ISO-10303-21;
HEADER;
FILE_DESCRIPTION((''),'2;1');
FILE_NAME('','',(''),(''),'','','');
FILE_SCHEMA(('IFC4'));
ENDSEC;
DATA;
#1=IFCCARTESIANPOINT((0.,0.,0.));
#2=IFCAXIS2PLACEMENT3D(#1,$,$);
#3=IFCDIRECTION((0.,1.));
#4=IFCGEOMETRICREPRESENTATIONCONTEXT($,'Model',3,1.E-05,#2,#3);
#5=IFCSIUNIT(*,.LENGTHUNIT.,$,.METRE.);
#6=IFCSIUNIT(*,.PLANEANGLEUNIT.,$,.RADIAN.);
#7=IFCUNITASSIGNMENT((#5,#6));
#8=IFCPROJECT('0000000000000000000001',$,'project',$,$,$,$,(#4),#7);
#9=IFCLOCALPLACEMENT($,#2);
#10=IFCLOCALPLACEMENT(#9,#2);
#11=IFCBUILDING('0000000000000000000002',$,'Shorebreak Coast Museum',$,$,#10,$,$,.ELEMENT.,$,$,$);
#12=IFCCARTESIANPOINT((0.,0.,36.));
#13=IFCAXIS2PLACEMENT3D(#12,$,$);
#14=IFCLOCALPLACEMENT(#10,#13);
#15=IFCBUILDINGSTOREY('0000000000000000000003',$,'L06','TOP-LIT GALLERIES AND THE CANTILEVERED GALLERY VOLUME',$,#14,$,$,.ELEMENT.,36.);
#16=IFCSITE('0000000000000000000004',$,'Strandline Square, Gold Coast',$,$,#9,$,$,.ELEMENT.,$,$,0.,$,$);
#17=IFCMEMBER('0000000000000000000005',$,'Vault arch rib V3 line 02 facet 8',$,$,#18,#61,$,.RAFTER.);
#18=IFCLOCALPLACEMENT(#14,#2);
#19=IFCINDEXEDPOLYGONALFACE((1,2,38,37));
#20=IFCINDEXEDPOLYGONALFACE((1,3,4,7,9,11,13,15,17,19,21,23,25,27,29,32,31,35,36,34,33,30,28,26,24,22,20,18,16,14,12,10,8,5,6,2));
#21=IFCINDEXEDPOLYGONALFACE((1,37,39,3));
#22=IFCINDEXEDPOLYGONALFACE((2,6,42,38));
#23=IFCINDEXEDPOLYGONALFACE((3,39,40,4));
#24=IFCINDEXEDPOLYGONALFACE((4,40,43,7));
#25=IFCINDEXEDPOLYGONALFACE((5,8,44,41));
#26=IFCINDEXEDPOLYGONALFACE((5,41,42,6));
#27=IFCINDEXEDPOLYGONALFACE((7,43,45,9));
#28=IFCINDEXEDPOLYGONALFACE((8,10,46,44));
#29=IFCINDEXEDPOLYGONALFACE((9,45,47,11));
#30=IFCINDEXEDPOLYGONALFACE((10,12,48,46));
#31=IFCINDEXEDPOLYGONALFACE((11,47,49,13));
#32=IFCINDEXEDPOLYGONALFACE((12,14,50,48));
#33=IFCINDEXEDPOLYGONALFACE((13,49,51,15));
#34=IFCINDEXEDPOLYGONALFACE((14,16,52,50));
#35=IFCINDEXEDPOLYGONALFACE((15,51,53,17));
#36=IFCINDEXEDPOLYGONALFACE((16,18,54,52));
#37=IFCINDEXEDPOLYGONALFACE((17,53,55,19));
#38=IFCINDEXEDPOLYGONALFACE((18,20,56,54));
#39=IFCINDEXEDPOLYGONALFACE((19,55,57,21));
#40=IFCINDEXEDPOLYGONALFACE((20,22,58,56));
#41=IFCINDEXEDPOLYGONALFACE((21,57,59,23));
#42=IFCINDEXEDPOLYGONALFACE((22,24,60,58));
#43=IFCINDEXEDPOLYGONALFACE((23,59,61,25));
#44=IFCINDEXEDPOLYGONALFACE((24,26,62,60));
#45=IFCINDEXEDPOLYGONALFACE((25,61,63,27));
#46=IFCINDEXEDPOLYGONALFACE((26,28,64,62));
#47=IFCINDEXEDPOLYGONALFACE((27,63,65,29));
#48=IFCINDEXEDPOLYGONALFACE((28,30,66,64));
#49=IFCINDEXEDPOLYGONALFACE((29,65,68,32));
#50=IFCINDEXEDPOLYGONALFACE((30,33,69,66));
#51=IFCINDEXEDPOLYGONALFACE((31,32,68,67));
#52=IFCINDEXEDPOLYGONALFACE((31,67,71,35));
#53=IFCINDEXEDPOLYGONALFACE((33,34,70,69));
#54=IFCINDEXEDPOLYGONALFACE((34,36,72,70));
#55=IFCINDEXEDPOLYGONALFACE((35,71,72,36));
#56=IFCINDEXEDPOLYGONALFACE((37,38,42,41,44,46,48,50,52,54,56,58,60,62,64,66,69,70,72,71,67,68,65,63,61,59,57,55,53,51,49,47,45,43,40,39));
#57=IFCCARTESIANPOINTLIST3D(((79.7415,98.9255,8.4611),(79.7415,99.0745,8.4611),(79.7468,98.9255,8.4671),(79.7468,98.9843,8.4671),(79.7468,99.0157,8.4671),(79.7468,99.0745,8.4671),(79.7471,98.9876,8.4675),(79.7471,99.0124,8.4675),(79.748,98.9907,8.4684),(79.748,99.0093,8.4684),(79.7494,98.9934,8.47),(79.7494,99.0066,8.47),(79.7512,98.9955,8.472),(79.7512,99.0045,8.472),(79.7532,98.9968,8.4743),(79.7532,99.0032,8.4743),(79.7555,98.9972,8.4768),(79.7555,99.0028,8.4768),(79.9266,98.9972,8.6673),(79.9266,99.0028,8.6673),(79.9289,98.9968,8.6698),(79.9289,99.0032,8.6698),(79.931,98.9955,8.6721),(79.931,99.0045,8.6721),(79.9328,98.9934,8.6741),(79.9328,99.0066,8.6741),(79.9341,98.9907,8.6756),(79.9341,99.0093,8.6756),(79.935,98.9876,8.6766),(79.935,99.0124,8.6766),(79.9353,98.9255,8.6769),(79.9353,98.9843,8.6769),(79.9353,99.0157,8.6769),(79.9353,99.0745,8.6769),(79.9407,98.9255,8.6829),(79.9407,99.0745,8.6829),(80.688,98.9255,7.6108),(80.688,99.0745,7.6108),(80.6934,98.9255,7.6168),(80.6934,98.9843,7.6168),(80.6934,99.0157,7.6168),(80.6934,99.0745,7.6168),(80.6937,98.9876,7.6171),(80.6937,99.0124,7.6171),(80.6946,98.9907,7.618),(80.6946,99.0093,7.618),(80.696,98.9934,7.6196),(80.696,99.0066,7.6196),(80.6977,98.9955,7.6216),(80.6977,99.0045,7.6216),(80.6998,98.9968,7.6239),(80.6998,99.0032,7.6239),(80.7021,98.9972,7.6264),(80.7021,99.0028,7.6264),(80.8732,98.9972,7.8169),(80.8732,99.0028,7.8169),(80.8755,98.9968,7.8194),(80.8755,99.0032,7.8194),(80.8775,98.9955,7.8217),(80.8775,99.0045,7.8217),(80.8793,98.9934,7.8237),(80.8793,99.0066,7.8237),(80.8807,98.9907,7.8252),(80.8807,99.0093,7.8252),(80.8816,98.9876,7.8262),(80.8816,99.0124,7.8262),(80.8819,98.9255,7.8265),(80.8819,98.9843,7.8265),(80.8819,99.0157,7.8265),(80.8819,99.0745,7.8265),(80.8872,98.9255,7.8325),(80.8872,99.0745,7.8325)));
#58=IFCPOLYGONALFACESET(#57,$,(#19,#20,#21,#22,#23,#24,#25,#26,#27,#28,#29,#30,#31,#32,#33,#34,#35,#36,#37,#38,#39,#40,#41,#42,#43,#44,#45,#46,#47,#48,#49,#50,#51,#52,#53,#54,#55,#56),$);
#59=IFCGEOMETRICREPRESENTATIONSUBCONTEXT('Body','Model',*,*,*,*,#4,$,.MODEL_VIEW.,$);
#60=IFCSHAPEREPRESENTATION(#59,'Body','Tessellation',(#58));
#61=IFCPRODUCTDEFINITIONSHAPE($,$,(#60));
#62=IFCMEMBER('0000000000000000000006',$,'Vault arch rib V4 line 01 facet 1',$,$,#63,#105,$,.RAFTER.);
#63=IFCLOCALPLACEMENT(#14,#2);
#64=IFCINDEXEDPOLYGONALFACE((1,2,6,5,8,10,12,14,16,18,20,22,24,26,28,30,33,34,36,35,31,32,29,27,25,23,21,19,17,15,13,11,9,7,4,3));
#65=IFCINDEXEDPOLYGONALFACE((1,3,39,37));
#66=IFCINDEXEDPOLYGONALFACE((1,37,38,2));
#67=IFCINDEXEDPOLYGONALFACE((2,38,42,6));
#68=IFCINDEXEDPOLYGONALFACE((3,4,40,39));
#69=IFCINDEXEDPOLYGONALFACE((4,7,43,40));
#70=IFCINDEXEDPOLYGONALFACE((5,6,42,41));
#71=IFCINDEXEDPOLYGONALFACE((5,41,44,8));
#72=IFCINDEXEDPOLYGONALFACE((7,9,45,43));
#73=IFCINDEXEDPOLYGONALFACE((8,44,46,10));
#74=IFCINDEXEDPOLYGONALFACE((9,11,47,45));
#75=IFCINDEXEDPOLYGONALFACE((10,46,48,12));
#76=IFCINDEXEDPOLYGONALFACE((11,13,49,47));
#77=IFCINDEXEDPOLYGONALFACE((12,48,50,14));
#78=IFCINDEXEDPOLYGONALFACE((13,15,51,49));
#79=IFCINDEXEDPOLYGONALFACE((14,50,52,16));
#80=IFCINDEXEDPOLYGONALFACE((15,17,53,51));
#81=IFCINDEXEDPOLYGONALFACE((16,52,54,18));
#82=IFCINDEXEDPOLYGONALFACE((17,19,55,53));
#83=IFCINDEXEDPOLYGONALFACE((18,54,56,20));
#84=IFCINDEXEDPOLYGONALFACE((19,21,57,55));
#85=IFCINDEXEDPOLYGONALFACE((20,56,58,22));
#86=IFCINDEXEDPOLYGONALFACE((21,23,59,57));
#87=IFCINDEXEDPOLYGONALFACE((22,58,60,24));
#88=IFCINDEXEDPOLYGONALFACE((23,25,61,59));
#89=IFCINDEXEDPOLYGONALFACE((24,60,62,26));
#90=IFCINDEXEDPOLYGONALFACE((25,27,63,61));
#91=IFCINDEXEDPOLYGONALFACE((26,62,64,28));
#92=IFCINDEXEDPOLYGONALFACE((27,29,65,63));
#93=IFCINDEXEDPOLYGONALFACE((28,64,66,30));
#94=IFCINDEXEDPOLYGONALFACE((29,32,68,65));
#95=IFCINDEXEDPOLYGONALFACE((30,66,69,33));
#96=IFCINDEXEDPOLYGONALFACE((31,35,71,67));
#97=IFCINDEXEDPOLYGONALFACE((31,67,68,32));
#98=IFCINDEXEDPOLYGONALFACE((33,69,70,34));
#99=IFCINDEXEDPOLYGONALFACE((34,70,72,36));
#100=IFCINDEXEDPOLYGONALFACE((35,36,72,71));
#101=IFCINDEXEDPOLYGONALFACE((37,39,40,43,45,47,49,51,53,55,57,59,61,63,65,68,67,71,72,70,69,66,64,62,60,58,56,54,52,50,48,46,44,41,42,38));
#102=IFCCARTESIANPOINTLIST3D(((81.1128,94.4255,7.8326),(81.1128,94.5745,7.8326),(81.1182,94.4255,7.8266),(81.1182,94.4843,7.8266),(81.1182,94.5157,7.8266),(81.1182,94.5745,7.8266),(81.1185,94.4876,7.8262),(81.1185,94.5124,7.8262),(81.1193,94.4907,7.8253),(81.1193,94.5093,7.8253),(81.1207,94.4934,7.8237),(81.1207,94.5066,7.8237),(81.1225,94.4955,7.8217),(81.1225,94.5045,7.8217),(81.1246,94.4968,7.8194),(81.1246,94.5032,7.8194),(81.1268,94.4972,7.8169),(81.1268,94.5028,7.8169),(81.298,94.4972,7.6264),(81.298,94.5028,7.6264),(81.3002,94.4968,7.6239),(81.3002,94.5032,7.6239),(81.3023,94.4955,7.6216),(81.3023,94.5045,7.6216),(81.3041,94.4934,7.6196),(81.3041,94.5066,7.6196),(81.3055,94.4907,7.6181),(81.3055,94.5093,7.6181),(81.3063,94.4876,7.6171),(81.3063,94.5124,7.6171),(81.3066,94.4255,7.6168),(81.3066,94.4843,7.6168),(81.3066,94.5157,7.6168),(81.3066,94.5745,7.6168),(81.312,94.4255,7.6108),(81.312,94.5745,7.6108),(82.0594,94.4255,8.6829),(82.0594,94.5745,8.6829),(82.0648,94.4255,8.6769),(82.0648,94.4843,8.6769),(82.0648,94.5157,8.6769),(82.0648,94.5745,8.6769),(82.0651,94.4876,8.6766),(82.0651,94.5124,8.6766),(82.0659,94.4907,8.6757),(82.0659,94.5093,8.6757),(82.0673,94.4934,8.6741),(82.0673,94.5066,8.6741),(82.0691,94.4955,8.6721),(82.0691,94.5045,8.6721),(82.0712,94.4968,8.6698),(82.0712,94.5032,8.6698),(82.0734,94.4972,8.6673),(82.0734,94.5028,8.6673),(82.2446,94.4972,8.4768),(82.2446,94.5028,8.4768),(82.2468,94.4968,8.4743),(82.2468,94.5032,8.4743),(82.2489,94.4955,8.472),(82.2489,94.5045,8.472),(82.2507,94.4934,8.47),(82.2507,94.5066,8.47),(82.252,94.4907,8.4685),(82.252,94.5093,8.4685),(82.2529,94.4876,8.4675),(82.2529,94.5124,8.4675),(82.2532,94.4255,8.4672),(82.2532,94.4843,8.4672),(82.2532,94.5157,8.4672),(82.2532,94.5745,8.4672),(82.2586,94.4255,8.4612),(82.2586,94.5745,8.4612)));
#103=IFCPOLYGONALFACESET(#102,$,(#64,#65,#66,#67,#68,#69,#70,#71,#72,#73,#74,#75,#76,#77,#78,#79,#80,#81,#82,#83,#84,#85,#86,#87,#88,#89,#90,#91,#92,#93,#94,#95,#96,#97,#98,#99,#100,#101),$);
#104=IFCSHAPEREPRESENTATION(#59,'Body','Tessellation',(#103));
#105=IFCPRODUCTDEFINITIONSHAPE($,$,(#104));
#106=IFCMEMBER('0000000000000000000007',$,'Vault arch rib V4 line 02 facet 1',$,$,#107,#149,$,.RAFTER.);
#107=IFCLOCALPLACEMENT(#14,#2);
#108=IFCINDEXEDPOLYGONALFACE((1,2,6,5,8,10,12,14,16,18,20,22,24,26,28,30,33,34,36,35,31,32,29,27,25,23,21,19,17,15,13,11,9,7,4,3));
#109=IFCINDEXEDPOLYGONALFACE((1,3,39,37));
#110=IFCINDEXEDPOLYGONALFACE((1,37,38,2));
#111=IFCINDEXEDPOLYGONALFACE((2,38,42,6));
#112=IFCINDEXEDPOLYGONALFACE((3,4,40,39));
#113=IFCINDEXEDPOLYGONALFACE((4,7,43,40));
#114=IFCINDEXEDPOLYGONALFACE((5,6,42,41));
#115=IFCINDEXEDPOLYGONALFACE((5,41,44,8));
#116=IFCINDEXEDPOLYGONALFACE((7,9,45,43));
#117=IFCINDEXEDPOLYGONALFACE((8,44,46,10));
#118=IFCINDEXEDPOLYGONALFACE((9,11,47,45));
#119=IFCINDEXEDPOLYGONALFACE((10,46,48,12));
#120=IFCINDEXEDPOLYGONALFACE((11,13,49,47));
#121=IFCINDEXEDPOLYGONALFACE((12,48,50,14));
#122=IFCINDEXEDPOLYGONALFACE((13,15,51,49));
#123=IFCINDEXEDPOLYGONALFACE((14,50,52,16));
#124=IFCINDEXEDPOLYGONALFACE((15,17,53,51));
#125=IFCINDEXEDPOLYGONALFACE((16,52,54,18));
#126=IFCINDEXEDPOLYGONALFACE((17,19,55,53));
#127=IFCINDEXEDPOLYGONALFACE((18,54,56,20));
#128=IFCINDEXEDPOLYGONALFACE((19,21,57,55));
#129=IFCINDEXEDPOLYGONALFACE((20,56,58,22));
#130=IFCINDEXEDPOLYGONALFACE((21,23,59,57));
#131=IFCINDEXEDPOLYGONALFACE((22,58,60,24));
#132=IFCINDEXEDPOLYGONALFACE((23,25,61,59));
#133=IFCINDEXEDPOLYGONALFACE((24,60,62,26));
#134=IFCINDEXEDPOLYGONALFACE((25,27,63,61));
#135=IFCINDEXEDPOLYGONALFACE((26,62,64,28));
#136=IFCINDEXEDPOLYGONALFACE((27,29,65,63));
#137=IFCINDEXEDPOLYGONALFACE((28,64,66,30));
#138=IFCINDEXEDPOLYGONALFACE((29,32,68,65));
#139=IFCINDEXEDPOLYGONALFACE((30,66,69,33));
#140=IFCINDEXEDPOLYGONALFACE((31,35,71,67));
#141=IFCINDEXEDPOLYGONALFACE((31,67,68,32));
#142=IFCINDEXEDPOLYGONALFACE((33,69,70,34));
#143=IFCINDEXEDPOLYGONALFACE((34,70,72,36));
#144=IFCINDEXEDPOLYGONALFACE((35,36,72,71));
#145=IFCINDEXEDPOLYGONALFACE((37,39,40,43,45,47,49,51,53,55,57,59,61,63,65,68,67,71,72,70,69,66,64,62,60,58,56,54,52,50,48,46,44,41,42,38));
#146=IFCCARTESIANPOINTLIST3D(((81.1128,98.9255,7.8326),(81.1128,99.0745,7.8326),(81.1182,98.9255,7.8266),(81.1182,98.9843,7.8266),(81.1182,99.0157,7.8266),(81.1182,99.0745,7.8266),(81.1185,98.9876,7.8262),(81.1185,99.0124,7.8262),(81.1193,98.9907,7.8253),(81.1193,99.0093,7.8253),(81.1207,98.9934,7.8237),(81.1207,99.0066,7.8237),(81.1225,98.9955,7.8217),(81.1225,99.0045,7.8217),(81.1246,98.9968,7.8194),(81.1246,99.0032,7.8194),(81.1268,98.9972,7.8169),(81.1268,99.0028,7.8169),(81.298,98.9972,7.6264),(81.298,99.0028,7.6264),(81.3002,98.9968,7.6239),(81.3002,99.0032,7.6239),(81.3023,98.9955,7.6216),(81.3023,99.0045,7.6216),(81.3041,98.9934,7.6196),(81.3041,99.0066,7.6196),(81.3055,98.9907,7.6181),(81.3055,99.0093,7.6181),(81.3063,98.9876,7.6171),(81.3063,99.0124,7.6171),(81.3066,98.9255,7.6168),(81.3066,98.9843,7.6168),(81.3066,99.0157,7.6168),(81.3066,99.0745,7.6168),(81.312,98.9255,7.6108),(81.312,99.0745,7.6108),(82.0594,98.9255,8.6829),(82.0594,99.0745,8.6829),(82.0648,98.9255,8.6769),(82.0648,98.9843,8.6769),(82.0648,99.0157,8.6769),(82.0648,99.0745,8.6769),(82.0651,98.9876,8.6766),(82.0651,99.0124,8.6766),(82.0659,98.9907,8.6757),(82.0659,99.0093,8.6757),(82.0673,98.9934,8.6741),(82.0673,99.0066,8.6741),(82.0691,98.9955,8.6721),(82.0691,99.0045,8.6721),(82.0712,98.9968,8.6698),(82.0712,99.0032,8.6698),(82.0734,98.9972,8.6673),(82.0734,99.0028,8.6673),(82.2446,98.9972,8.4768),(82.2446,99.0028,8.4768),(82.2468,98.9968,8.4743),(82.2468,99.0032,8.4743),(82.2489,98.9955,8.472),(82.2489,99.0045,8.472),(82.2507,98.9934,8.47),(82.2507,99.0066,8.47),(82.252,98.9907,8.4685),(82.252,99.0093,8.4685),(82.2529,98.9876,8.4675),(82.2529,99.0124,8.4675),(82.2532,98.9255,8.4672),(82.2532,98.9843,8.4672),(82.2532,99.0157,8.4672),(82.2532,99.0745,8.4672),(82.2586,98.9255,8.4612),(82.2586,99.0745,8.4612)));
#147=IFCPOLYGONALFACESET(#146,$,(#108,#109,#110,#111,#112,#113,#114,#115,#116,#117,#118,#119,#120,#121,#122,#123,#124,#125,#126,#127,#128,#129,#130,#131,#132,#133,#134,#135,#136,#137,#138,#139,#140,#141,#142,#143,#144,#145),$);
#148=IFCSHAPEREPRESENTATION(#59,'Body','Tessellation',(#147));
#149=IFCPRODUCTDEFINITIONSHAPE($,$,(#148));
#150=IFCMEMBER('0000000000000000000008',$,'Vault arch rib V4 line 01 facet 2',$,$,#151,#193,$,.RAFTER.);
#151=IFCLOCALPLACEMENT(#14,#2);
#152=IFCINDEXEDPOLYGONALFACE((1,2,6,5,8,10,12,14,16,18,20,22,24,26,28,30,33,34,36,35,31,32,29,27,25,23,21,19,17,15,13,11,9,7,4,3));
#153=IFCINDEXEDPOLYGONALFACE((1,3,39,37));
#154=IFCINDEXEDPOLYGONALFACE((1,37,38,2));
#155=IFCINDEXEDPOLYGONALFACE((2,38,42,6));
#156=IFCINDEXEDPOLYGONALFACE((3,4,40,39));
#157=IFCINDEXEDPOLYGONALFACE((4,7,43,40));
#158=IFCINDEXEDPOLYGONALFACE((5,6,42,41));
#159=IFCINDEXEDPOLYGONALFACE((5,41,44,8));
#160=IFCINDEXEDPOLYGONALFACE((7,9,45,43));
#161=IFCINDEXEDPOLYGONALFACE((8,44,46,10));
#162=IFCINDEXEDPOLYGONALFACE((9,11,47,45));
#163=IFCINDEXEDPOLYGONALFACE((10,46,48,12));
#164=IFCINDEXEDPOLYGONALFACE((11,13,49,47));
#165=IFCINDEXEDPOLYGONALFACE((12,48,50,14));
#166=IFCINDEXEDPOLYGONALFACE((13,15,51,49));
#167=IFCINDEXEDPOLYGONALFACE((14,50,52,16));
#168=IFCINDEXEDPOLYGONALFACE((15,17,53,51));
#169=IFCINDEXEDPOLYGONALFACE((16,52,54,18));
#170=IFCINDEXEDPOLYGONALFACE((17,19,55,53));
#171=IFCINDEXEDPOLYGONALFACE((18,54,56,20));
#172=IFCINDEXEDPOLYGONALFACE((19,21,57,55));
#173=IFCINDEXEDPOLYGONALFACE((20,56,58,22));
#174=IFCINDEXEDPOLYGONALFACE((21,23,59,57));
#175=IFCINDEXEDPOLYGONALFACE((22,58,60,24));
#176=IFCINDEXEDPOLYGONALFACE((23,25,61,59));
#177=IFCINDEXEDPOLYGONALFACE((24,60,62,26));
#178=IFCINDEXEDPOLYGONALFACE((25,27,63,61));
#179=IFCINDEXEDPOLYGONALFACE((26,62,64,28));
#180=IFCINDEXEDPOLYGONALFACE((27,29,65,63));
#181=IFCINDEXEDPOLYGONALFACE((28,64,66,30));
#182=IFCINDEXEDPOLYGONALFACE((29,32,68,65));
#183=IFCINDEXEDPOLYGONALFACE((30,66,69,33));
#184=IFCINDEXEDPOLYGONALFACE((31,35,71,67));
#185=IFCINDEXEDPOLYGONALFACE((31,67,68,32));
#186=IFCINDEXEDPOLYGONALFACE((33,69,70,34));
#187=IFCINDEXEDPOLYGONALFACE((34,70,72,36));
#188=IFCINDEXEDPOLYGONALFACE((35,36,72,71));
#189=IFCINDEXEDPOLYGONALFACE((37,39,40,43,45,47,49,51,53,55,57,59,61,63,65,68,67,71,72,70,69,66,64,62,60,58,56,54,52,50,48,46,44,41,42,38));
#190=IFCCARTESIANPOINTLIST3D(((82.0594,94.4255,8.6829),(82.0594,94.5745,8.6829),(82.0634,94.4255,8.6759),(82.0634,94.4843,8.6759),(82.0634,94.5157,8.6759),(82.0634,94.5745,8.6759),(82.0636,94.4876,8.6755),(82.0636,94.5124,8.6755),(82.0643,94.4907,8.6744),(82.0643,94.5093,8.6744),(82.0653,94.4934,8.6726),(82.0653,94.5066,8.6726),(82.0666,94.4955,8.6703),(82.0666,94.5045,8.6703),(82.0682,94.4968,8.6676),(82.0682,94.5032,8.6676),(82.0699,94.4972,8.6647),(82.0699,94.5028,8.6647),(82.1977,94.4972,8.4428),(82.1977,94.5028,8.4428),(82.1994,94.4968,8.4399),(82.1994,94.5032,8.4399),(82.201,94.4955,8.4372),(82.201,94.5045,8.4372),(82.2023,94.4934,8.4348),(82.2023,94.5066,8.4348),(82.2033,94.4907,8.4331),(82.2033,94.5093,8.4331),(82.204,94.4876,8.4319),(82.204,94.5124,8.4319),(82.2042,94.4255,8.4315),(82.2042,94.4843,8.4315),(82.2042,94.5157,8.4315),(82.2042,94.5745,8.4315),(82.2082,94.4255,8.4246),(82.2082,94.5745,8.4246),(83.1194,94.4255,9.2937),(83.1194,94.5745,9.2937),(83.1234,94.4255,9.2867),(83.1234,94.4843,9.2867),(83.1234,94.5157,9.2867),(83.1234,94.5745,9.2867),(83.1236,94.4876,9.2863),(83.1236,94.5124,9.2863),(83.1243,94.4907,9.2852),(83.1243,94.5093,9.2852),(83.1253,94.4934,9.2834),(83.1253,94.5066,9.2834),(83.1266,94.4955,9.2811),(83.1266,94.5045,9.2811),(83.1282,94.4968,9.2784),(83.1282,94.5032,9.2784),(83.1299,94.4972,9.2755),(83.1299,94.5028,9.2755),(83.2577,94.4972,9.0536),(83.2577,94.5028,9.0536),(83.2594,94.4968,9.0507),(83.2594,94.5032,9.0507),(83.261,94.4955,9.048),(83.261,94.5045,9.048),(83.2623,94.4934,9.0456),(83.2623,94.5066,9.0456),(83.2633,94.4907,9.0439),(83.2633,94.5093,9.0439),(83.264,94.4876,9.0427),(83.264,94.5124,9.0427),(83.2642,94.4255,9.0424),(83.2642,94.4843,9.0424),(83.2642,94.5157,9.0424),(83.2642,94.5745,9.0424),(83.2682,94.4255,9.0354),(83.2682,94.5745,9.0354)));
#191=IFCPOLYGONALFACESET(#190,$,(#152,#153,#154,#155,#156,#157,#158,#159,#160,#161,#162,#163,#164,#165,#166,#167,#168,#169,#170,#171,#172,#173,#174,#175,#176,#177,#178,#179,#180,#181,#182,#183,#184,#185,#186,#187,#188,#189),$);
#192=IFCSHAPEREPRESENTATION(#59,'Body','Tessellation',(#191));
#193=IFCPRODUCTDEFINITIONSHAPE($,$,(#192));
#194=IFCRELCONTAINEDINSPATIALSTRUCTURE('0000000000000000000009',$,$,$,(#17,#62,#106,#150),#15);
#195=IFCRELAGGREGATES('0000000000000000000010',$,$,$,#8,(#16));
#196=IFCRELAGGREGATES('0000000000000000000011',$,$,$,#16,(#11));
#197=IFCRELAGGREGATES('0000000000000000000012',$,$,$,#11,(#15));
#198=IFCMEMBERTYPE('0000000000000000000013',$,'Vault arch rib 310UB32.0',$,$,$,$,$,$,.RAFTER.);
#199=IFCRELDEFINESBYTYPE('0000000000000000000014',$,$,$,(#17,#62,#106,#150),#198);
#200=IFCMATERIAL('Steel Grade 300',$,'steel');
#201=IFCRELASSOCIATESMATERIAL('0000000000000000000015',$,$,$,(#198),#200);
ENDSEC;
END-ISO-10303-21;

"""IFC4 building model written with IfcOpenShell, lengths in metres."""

from ifc_helpers import new_model, si_unit, direction, frame, origin, origin_2d, place, context, subcontext, project, spatial, i_section, extrude, material, material_profile, profile_set, type_object, element, save


model = new_model("IFC4")

# Units and contexts
model_context = context("Model", 3, precision=1e-05, world=origin(), true_north=direction((0.0, 1.0)))
body_context = subcontext(model_context, "Body", "Model", "MODEL_VIEW")
ifc_project = project(units=[si_unit("LENGTHUNIT", "METRE"), si_unit("PLANEANGLEUNIT", "RADIAN")], contexts=[model_context])

# Site, building, storey
site_placement = place(None, origin())
site = spatial("IfcSite", under=ifc_project, at=site_placement, Name="Strandline Square, Gold Coast", CompositionType="ELEMENT", RefElevation=0.0)
building_placement = place(site_placement, origin())
building = spatial("IfcBuilding", under=site, at=building_placement, Name="Shorebreak Coast Museum", CompositionType="ELEMENT")
storey_placement = place(building_placement, frame((0.0, 0.0, 36.0)))
storey = spatial("IfcBuildingStorey", under=building, at=storey_placement, Name="L06", Description="TOP-LIT GALLERIES AND THE CANTILEVERED GALLERY VOLUME", CompositionType="ELEMENT", Elevation=36.0)

# Members
ifc_material_1 = material(Name="Steel Grade 300", Category="steel")
ifc_material_profile_1 = material_profile(ifc_material_1, i_section(OverallWidth=0.1489, OverallDepth=0.2981, WebThickness=0.0056, FlangeThickness=0.0081, FilletRadius=0.0129, at=origin_2d()), Name="310UB32.0")
ifc_profile_set_1 = profile_set([ifc_material_profile_1], Name="Steel Grade 300")
member_type_1 = type_object("IfcMemberType", Name="Vault arch rib 310UB32.0", PredefinedType="RAFTER", material=ifc_profile_set_1)
for number, where, z_axis, x_axis, name in (
    (1, (79.8411, 99.0, 8.572), (0.743895, 0.0, -0.668297), (0.0, 1.0, 0.0), "Vault arch rib V3 line 02 facet 8"),
    (2, (81.2124, 94.5, 7.7217), (0.743895, 0.0, 0.668297), (0.0, 1.0, 0.0), "Vault arch rib V4 line 01 facet 1"),
    (3, (81.2124, 99.0, 7.7217), (0.743895, 0.0, 0.668297), (0.0, 1.0, 0.0), "Vault arch rib V4 line 02 facet 1"),
):
    element("IfcMember", number, at=place(storey_placement, frame(where, z_axis=z_axis, x_axis=x_axis)), inside=storey, type_object=member_type_1, Name=name, PredefinedType="RAFTER", context=body_context, shape_type="SweptSolid", body=[
        extrude(i_section(OverallWidth=0.1489, OverallDepth=0.2981, WebThickness=0.0056, FlangeThickness=0.0081, FilletRadius=0.0129, at=origin_2d()), origin(), (0.0, 0.0, 1.0), 1.2725),
    ])
for number, where, z_axis, x_axis, name in (
    (4, (82.1338, 94.5, 8.5537), (0.866445, 0.0, 0.499273), (0.0, 1.0, 0.0), "Vault arch rib V4 line 01 facet 2"),
):
    element("IfcMember", number, at=place(storey_placement, frame(where, z_axis=z_axis, x_axis=x_axis)), inside=storey, type_object=member_type_1, Name=name, PredefinedType="RAFTER", context=body_context, shape_type="SweptSolid", body=[
        extrude(i_section(OverallWidth=0.1489, OverallDepth=0.2981, WebThickness=0.0056, FlangeThickness=0.0081, FilletRadius=0.0129, at=origin_2d()), origin(), (0.0, 0.0, 1.0), 1.2234),
    ])

save(model, "model.ifc")
